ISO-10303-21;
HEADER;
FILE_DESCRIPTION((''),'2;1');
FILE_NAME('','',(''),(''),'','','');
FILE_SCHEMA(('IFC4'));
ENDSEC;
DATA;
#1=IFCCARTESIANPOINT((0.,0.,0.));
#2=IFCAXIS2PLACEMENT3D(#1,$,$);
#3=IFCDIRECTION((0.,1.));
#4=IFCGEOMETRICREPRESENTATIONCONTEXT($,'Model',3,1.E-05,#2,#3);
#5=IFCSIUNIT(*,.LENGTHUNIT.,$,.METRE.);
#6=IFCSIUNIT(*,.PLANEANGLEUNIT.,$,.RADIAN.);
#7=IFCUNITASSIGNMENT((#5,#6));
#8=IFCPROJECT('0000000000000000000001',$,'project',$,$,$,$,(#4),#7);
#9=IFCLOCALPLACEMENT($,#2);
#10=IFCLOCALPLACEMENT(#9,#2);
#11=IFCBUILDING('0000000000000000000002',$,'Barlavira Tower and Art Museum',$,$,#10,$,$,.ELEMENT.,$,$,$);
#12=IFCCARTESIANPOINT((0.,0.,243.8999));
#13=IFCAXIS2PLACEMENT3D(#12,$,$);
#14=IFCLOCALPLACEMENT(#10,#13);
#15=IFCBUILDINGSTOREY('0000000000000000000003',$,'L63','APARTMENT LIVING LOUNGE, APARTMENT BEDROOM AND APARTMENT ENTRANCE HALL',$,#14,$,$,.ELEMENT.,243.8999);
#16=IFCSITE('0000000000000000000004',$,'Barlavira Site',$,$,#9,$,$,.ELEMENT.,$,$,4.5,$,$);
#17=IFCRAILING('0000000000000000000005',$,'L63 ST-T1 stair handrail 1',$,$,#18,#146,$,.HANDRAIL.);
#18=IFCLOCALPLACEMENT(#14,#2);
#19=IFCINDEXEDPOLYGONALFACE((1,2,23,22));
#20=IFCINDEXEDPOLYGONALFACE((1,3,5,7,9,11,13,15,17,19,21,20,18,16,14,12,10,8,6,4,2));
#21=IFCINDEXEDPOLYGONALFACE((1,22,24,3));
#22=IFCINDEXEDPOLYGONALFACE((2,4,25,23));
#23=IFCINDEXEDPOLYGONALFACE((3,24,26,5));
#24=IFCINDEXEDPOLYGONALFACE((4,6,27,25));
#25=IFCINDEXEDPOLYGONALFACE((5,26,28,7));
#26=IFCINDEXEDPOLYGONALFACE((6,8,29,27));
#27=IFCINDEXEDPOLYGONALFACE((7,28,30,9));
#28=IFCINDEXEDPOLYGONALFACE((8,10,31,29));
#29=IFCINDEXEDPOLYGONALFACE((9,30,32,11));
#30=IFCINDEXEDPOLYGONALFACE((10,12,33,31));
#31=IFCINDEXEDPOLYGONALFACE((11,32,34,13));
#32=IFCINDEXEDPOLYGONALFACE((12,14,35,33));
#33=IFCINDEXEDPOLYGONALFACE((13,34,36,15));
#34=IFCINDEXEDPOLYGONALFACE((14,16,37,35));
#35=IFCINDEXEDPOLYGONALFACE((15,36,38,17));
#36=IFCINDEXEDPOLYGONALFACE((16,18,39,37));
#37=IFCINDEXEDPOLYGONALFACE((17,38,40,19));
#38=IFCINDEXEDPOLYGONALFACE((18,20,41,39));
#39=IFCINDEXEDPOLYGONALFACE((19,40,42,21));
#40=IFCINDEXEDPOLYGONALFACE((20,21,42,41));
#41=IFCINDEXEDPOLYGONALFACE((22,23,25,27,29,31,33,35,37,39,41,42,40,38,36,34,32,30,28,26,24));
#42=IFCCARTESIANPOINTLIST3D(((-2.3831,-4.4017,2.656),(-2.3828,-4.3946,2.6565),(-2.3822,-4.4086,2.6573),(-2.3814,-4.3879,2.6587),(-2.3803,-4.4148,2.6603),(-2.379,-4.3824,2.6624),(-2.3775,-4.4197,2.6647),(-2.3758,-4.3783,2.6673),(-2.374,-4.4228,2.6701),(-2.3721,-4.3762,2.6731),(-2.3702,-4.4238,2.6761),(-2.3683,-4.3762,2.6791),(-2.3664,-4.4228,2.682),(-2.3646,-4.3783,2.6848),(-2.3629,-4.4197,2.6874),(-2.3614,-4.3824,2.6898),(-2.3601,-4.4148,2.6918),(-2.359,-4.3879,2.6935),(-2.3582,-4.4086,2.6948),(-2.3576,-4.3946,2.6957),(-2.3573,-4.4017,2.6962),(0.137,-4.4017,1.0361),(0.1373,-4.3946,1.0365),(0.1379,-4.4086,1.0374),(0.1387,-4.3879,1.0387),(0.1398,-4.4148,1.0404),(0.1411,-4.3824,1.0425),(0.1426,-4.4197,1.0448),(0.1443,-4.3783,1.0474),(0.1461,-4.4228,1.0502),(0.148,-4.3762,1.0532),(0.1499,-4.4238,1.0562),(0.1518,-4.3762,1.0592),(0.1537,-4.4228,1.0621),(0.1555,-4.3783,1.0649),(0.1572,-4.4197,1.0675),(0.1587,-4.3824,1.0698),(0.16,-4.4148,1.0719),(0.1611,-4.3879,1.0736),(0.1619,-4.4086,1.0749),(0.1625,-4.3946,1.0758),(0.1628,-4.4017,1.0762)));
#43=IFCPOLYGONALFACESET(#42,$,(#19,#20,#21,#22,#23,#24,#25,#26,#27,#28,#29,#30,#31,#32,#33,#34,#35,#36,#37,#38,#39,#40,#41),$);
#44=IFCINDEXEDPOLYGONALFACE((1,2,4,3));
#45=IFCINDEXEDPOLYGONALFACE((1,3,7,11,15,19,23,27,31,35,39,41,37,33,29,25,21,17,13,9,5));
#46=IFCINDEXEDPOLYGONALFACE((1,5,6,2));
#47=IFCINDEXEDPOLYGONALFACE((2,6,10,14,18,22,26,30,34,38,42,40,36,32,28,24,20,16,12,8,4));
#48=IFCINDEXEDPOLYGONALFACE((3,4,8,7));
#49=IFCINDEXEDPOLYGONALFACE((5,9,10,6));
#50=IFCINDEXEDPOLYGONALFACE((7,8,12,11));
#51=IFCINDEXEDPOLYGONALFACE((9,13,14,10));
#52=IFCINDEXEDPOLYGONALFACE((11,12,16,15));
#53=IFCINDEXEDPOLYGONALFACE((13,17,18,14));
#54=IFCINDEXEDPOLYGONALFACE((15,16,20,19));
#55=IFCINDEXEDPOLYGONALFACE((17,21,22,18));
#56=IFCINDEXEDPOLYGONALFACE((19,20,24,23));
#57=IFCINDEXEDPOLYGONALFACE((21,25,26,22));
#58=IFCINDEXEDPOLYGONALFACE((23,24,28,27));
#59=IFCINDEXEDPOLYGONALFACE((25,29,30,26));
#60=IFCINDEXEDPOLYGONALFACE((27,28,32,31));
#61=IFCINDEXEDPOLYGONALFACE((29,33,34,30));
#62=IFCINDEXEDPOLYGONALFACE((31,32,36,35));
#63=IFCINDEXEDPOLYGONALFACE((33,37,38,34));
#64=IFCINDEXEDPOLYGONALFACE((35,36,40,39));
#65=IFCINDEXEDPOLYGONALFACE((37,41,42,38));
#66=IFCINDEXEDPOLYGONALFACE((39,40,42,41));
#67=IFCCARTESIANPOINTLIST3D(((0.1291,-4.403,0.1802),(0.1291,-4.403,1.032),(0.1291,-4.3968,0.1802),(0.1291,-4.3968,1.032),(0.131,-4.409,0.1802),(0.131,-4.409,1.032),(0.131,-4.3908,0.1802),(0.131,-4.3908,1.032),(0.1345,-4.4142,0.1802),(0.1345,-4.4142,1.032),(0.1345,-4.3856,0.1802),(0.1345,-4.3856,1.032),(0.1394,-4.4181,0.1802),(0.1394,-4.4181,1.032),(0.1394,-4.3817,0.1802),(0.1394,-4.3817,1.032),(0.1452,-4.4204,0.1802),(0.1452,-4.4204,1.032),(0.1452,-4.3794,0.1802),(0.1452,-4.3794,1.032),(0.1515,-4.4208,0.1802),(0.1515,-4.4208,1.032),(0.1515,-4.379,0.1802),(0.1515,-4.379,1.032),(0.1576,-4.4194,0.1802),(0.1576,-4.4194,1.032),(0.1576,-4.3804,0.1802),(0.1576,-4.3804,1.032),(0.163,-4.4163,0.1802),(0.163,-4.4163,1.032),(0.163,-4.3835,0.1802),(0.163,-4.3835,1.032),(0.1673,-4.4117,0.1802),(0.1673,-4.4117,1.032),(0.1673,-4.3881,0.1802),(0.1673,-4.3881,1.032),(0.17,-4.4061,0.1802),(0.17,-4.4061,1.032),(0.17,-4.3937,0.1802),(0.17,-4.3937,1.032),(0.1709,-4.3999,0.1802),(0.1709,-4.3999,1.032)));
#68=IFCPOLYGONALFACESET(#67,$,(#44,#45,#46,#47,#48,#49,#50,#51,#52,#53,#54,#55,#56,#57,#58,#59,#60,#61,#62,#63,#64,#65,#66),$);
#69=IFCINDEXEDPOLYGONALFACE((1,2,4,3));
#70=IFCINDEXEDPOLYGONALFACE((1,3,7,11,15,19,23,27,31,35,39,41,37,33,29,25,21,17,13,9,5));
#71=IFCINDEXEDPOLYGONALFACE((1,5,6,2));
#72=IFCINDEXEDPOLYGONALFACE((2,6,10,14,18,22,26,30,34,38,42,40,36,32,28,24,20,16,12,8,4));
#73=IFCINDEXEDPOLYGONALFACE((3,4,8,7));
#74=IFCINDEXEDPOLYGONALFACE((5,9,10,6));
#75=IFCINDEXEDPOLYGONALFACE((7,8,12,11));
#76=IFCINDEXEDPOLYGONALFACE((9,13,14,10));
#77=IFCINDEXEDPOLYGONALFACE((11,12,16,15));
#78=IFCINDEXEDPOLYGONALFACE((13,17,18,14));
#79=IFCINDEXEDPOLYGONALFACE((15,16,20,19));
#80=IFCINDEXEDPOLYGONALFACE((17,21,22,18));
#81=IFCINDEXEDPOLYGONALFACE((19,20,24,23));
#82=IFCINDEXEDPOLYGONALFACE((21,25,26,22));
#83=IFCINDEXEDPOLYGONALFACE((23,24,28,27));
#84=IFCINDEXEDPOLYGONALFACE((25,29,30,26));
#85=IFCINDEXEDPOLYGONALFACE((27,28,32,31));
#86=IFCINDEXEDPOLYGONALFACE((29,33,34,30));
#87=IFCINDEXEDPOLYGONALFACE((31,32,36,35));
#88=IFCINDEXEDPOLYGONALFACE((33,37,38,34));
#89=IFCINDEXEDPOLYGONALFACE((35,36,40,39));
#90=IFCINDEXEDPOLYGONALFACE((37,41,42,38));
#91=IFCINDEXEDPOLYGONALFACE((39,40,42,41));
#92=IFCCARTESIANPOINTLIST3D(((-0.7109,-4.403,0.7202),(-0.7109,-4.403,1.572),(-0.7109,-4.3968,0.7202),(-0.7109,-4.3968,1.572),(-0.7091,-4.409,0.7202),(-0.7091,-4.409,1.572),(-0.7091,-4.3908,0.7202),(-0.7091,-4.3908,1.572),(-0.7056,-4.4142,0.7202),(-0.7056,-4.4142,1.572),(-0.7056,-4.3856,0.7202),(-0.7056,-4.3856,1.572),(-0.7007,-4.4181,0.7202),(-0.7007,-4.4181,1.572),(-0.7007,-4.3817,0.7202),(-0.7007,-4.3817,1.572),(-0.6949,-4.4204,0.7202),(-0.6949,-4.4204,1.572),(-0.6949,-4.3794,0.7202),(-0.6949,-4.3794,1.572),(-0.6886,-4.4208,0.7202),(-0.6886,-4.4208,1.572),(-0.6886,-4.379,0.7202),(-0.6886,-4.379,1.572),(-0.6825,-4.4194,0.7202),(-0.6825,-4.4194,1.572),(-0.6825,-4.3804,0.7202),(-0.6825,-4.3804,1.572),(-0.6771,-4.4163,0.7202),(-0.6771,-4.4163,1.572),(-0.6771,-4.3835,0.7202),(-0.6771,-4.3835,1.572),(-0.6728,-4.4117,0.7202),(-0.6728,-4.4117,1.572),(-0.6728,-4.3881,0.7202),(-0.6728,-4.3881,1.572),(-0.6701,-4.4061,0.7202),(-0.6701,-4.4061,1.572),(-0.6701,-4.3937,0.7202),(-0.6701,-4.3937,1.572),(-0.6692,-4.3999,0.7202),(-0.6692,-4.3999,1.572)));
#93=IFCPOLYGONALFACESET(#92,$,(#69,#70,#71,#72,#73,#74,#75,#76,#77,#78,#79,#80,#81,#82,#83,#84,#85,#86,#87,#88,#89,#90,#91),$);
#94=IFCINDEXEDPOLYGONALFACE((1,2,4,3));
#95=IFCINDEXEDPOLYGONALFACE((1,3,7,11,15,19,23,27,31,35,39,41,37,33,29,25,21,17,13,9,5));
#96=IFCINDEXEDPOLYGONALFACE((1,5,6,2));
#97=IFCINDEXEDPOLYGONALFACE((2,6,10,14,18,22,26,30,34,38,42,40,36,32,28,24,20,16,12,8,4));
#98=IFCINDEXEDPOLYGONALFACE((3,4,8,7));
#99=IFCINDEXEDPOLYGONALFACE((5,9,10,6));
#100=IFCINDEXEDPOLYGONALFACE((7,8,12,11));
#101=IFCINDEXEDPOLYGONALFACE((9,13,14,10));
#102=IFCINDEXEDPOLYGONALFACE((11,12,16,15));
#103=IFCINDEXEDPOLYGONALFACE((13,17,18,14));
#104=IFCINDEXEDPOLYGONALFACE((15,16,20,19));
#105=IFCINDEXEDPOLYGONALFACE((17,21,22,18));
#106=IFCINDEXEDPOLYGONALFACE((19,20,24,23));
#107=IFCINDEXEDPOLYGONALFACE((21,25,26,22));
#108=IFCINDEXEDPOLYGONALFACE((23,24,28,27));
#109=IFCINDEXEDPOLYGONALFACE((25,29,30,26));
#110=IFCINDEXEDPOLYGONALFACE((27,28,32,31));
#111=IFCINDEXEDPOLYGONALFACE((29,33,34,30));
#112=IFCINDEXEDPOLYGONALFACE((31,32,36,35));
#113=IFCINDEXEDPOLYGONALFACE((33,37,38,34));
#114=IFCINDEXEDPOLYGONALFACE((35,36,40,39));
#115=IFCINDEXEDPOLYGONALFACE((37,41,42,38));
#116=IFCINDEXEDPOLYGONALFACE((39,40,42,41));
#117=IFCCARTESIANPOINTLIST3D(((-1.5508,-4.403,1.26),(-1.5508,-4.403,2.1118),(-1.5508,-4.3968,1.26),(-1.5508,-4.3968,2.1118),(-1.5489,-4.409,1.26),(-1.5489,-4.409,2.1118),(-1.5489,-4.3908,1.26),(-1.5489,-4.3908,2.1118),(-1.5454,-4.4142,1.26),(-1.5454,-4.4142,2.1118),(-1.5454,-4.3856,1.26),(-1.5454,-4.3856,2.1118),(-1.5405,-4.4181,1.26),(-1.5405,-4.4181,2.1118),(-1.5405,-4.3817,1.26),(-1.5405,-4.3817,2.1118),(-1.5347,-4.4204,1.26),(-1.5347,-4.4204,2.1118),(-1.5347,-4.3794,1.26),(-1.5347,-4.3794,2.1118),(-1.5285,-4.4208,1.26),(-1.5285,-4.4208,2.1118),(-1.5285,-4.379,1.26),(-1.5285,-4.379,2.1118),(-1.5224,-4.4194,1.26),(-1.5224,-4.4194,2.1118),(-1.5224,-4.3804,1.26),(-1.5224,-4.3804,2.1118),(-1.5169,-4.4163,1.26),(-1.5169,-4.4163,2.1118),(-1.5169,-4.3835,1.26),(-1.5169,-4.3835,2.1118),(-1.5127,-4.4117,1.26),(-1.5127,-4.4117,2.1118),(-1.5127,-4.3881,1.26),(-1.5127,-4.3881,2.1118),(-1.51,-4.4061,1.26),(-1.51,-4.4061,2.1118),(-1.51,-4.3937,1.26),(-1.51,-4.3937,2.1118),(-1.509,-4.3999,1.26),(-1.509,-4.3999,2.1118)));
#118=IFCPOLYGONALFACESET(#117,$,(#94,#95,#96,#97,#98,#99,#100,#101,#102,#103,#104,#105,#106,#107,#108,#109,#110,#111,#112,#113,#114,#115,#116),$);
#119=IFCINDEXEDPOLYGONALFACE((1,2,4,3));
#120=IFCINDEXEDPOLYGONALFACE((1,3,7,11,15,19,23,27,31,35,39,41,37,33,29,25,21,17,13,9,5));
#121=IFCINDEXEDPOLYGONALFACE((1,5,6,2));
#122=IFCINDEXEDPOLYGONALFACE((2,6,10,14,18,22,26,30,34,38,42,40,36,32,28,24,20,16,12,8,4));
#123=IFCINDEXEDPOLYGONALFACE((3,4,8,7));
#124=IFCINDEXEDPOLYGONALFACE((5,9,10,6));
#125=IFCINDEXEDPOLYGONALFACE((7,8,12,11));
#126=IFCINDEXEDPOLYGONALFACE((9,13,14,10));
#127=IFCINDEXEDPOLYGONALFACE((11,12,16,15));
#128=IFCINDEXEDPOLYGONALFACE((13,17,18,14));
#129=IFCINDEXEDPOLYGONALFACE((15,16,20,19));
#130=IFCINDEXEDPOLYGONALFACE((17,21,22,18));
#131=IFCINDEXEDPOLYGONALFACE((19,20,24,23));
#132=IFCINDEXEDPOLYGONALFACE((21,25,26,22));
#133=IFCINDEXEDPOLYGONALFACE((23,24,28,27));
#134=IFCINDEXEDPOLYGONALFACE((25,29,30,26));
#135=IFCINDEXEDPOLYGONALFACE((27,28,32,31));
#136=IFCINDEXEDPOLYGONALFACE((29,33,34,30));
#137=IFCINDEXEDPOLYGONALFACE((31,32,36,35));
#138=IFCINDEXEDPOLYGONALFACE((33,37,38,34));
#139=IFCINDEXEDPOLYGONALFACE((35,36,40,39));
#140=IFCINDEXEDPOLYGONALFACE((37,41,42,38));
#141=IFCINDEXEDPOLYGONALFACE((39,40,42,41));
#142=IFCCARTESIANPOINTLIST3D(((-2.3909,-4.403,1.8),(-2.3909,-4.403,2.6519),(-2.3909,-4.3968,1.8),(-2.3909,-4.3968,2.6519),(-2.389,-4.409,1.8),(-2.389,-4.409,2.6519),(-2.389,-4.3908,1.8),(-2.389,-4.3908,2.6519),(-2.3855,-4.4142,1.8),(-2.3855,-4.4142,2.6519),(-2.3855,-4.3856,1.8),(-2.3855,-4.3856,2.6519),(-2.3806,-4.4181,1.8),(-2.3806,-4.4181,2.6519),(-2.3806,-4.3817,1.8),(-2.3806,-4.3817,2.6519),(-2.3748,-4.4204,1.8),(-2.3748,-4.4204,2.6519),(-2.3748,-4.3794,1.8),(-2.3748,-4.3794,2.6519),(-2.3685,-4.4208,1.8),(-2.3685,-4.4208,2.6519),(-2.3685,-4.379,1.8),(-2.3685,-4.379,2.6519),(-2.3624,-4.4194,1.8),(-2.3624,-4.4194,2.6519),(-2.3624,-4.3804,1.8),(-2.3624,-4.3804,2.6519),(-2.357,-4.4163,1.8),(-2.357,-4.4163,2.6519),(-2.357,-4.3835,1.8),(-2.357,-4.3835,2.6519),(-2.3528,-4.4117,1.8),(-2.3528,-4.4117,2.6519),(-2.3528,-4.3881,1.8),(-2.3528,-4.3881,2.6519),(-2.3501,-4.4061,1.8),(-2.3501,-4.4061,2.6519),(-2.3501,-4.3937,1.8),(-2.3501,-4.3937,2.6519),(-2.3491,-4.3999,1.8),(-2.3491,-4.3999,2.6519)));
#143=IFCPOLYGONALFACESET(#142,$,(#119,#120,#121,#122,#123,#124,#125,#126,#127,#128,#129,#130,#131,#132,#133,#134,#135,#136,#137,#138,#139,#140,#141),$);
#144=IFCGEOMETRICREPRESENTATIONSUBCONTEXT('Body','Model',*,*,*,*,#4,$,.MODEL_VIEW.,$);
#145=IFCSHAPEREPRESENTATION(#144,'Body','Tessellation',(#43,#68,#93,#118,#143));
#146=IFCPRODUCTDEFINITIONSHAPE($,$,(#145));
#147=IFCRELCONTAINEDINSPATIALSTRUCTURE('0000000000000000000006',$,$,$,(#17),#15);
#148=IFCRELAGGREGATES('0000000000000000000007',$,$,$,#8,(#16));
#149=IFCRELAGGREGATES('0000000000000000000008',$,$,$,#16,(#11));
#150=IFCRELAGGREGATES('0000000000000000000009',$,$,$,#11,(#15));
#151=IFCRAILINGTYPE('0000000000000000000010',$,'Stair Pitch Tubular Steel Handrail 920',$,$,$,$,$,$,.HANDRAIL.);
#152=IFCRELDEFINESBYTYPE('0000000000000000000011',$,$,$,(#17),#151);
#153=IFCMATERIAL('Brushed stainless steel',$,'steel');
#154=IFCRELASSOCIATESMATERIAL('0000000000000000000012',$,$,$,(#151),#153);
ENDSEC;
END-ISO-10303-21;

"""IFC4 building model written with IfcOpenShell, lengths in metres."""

from ifc_helpers import new_model, si_unit, direction, frame, origin, origin_2d, place, context, subcontext, project, spatial, circle, extrude, material, type_object, element, save


model = new_model("IFC4")

# Units and contexts
model_context = context("Model", 3, precision=1e-05, world=origin(), true_north=direction((0.0, 1.0)))
body_context = subcontext(model_context, "Body", "Model", "MODEL_VIEW")
ifc_project = project(units=[si_unit("LENGTHUNIT", "METRE"), si_unit("PLANEANGLEUNIT", "RADIAN")], contexts=[model_context])

# Site, building, storey
site_placement = place(None, origin())
site = spatial("IfcSite", under=ifc_project, at=site_placement, Name="Barlavira Site", CompositionType="ELEMENT", RefElevation=4.5)
building_placement = place(site_placement, origin())
building = spatial("IfcBuilding", under=site, at=building_placement, Name="Barlavira Tower and Art Museum", CompositionType="ELEMENT")
storey_placement = place(building_placement, frame((0.0, 0.0, 243.8999)))
storey = spatial("IfcBuildingStorey", under=building, at=storey_placement, Name="L63", Description="APARTMENT LIVING LOUNGE, APARTMENT BEDROOM AND APARTMENT ENTRANCE HALL", CompositionType="ELEMENT", Elevation=243.8999)

# Shared definitions
ifc_material_1 = material(Name="Brushed stainless steel", Category="steel")

# Railing
railing_type_1 = type_object("IfcRailingType", Name="Stair Pitch Tubular Steel Handrail 920", PredefinedType="HANDRAIL", material=ifc_material_1)
railing_1_placement = place(storey_placement, frame((0.1499, -4.3999, 0.1802)))
element("IfcRailing", 1, at=railing_1_placement, inside=storey, type_object=railing_type_1, Name="L63 ST-T1 stair handrail 1", PredefinedType="HANDRAIL", context=body_context, shape_type="SweptSolid", body=[
    extrude(circle(Radius=0.0239, at=origin_2d()), frame((0.0, 0.0, 0.876), z_axis=(-0.8412, 0.0, 0.540725), x_axis=(0.0, -1.0, 0.0)), (0.0, 0.0, 1.0), 2.9958),
    extrude(circle(Radius=0.021, at=origin_2d()), origin(), (0.0, 0.0, 1.0), 0.8518),
    extrude(circle(Radius=0.021, at=origin_2d()), frame((-0.8401, 0.0, 0.54)), (0.0, 0.0, 1.0), 0.8518),
    extrude(circle(Radius=0.021, at=origin_2d()), frame((-1.6799, 0.0, 1.0798)), (0.0, 0.0, 1.0), 0.8518),
    extrude(circle(Radius=0.021, at=origin_2d()), frame((-2.52, 0.0, 1.6199)), (0.0, 0.0, 1.0), 0.8518),
])

save(model, "model.ifc")
